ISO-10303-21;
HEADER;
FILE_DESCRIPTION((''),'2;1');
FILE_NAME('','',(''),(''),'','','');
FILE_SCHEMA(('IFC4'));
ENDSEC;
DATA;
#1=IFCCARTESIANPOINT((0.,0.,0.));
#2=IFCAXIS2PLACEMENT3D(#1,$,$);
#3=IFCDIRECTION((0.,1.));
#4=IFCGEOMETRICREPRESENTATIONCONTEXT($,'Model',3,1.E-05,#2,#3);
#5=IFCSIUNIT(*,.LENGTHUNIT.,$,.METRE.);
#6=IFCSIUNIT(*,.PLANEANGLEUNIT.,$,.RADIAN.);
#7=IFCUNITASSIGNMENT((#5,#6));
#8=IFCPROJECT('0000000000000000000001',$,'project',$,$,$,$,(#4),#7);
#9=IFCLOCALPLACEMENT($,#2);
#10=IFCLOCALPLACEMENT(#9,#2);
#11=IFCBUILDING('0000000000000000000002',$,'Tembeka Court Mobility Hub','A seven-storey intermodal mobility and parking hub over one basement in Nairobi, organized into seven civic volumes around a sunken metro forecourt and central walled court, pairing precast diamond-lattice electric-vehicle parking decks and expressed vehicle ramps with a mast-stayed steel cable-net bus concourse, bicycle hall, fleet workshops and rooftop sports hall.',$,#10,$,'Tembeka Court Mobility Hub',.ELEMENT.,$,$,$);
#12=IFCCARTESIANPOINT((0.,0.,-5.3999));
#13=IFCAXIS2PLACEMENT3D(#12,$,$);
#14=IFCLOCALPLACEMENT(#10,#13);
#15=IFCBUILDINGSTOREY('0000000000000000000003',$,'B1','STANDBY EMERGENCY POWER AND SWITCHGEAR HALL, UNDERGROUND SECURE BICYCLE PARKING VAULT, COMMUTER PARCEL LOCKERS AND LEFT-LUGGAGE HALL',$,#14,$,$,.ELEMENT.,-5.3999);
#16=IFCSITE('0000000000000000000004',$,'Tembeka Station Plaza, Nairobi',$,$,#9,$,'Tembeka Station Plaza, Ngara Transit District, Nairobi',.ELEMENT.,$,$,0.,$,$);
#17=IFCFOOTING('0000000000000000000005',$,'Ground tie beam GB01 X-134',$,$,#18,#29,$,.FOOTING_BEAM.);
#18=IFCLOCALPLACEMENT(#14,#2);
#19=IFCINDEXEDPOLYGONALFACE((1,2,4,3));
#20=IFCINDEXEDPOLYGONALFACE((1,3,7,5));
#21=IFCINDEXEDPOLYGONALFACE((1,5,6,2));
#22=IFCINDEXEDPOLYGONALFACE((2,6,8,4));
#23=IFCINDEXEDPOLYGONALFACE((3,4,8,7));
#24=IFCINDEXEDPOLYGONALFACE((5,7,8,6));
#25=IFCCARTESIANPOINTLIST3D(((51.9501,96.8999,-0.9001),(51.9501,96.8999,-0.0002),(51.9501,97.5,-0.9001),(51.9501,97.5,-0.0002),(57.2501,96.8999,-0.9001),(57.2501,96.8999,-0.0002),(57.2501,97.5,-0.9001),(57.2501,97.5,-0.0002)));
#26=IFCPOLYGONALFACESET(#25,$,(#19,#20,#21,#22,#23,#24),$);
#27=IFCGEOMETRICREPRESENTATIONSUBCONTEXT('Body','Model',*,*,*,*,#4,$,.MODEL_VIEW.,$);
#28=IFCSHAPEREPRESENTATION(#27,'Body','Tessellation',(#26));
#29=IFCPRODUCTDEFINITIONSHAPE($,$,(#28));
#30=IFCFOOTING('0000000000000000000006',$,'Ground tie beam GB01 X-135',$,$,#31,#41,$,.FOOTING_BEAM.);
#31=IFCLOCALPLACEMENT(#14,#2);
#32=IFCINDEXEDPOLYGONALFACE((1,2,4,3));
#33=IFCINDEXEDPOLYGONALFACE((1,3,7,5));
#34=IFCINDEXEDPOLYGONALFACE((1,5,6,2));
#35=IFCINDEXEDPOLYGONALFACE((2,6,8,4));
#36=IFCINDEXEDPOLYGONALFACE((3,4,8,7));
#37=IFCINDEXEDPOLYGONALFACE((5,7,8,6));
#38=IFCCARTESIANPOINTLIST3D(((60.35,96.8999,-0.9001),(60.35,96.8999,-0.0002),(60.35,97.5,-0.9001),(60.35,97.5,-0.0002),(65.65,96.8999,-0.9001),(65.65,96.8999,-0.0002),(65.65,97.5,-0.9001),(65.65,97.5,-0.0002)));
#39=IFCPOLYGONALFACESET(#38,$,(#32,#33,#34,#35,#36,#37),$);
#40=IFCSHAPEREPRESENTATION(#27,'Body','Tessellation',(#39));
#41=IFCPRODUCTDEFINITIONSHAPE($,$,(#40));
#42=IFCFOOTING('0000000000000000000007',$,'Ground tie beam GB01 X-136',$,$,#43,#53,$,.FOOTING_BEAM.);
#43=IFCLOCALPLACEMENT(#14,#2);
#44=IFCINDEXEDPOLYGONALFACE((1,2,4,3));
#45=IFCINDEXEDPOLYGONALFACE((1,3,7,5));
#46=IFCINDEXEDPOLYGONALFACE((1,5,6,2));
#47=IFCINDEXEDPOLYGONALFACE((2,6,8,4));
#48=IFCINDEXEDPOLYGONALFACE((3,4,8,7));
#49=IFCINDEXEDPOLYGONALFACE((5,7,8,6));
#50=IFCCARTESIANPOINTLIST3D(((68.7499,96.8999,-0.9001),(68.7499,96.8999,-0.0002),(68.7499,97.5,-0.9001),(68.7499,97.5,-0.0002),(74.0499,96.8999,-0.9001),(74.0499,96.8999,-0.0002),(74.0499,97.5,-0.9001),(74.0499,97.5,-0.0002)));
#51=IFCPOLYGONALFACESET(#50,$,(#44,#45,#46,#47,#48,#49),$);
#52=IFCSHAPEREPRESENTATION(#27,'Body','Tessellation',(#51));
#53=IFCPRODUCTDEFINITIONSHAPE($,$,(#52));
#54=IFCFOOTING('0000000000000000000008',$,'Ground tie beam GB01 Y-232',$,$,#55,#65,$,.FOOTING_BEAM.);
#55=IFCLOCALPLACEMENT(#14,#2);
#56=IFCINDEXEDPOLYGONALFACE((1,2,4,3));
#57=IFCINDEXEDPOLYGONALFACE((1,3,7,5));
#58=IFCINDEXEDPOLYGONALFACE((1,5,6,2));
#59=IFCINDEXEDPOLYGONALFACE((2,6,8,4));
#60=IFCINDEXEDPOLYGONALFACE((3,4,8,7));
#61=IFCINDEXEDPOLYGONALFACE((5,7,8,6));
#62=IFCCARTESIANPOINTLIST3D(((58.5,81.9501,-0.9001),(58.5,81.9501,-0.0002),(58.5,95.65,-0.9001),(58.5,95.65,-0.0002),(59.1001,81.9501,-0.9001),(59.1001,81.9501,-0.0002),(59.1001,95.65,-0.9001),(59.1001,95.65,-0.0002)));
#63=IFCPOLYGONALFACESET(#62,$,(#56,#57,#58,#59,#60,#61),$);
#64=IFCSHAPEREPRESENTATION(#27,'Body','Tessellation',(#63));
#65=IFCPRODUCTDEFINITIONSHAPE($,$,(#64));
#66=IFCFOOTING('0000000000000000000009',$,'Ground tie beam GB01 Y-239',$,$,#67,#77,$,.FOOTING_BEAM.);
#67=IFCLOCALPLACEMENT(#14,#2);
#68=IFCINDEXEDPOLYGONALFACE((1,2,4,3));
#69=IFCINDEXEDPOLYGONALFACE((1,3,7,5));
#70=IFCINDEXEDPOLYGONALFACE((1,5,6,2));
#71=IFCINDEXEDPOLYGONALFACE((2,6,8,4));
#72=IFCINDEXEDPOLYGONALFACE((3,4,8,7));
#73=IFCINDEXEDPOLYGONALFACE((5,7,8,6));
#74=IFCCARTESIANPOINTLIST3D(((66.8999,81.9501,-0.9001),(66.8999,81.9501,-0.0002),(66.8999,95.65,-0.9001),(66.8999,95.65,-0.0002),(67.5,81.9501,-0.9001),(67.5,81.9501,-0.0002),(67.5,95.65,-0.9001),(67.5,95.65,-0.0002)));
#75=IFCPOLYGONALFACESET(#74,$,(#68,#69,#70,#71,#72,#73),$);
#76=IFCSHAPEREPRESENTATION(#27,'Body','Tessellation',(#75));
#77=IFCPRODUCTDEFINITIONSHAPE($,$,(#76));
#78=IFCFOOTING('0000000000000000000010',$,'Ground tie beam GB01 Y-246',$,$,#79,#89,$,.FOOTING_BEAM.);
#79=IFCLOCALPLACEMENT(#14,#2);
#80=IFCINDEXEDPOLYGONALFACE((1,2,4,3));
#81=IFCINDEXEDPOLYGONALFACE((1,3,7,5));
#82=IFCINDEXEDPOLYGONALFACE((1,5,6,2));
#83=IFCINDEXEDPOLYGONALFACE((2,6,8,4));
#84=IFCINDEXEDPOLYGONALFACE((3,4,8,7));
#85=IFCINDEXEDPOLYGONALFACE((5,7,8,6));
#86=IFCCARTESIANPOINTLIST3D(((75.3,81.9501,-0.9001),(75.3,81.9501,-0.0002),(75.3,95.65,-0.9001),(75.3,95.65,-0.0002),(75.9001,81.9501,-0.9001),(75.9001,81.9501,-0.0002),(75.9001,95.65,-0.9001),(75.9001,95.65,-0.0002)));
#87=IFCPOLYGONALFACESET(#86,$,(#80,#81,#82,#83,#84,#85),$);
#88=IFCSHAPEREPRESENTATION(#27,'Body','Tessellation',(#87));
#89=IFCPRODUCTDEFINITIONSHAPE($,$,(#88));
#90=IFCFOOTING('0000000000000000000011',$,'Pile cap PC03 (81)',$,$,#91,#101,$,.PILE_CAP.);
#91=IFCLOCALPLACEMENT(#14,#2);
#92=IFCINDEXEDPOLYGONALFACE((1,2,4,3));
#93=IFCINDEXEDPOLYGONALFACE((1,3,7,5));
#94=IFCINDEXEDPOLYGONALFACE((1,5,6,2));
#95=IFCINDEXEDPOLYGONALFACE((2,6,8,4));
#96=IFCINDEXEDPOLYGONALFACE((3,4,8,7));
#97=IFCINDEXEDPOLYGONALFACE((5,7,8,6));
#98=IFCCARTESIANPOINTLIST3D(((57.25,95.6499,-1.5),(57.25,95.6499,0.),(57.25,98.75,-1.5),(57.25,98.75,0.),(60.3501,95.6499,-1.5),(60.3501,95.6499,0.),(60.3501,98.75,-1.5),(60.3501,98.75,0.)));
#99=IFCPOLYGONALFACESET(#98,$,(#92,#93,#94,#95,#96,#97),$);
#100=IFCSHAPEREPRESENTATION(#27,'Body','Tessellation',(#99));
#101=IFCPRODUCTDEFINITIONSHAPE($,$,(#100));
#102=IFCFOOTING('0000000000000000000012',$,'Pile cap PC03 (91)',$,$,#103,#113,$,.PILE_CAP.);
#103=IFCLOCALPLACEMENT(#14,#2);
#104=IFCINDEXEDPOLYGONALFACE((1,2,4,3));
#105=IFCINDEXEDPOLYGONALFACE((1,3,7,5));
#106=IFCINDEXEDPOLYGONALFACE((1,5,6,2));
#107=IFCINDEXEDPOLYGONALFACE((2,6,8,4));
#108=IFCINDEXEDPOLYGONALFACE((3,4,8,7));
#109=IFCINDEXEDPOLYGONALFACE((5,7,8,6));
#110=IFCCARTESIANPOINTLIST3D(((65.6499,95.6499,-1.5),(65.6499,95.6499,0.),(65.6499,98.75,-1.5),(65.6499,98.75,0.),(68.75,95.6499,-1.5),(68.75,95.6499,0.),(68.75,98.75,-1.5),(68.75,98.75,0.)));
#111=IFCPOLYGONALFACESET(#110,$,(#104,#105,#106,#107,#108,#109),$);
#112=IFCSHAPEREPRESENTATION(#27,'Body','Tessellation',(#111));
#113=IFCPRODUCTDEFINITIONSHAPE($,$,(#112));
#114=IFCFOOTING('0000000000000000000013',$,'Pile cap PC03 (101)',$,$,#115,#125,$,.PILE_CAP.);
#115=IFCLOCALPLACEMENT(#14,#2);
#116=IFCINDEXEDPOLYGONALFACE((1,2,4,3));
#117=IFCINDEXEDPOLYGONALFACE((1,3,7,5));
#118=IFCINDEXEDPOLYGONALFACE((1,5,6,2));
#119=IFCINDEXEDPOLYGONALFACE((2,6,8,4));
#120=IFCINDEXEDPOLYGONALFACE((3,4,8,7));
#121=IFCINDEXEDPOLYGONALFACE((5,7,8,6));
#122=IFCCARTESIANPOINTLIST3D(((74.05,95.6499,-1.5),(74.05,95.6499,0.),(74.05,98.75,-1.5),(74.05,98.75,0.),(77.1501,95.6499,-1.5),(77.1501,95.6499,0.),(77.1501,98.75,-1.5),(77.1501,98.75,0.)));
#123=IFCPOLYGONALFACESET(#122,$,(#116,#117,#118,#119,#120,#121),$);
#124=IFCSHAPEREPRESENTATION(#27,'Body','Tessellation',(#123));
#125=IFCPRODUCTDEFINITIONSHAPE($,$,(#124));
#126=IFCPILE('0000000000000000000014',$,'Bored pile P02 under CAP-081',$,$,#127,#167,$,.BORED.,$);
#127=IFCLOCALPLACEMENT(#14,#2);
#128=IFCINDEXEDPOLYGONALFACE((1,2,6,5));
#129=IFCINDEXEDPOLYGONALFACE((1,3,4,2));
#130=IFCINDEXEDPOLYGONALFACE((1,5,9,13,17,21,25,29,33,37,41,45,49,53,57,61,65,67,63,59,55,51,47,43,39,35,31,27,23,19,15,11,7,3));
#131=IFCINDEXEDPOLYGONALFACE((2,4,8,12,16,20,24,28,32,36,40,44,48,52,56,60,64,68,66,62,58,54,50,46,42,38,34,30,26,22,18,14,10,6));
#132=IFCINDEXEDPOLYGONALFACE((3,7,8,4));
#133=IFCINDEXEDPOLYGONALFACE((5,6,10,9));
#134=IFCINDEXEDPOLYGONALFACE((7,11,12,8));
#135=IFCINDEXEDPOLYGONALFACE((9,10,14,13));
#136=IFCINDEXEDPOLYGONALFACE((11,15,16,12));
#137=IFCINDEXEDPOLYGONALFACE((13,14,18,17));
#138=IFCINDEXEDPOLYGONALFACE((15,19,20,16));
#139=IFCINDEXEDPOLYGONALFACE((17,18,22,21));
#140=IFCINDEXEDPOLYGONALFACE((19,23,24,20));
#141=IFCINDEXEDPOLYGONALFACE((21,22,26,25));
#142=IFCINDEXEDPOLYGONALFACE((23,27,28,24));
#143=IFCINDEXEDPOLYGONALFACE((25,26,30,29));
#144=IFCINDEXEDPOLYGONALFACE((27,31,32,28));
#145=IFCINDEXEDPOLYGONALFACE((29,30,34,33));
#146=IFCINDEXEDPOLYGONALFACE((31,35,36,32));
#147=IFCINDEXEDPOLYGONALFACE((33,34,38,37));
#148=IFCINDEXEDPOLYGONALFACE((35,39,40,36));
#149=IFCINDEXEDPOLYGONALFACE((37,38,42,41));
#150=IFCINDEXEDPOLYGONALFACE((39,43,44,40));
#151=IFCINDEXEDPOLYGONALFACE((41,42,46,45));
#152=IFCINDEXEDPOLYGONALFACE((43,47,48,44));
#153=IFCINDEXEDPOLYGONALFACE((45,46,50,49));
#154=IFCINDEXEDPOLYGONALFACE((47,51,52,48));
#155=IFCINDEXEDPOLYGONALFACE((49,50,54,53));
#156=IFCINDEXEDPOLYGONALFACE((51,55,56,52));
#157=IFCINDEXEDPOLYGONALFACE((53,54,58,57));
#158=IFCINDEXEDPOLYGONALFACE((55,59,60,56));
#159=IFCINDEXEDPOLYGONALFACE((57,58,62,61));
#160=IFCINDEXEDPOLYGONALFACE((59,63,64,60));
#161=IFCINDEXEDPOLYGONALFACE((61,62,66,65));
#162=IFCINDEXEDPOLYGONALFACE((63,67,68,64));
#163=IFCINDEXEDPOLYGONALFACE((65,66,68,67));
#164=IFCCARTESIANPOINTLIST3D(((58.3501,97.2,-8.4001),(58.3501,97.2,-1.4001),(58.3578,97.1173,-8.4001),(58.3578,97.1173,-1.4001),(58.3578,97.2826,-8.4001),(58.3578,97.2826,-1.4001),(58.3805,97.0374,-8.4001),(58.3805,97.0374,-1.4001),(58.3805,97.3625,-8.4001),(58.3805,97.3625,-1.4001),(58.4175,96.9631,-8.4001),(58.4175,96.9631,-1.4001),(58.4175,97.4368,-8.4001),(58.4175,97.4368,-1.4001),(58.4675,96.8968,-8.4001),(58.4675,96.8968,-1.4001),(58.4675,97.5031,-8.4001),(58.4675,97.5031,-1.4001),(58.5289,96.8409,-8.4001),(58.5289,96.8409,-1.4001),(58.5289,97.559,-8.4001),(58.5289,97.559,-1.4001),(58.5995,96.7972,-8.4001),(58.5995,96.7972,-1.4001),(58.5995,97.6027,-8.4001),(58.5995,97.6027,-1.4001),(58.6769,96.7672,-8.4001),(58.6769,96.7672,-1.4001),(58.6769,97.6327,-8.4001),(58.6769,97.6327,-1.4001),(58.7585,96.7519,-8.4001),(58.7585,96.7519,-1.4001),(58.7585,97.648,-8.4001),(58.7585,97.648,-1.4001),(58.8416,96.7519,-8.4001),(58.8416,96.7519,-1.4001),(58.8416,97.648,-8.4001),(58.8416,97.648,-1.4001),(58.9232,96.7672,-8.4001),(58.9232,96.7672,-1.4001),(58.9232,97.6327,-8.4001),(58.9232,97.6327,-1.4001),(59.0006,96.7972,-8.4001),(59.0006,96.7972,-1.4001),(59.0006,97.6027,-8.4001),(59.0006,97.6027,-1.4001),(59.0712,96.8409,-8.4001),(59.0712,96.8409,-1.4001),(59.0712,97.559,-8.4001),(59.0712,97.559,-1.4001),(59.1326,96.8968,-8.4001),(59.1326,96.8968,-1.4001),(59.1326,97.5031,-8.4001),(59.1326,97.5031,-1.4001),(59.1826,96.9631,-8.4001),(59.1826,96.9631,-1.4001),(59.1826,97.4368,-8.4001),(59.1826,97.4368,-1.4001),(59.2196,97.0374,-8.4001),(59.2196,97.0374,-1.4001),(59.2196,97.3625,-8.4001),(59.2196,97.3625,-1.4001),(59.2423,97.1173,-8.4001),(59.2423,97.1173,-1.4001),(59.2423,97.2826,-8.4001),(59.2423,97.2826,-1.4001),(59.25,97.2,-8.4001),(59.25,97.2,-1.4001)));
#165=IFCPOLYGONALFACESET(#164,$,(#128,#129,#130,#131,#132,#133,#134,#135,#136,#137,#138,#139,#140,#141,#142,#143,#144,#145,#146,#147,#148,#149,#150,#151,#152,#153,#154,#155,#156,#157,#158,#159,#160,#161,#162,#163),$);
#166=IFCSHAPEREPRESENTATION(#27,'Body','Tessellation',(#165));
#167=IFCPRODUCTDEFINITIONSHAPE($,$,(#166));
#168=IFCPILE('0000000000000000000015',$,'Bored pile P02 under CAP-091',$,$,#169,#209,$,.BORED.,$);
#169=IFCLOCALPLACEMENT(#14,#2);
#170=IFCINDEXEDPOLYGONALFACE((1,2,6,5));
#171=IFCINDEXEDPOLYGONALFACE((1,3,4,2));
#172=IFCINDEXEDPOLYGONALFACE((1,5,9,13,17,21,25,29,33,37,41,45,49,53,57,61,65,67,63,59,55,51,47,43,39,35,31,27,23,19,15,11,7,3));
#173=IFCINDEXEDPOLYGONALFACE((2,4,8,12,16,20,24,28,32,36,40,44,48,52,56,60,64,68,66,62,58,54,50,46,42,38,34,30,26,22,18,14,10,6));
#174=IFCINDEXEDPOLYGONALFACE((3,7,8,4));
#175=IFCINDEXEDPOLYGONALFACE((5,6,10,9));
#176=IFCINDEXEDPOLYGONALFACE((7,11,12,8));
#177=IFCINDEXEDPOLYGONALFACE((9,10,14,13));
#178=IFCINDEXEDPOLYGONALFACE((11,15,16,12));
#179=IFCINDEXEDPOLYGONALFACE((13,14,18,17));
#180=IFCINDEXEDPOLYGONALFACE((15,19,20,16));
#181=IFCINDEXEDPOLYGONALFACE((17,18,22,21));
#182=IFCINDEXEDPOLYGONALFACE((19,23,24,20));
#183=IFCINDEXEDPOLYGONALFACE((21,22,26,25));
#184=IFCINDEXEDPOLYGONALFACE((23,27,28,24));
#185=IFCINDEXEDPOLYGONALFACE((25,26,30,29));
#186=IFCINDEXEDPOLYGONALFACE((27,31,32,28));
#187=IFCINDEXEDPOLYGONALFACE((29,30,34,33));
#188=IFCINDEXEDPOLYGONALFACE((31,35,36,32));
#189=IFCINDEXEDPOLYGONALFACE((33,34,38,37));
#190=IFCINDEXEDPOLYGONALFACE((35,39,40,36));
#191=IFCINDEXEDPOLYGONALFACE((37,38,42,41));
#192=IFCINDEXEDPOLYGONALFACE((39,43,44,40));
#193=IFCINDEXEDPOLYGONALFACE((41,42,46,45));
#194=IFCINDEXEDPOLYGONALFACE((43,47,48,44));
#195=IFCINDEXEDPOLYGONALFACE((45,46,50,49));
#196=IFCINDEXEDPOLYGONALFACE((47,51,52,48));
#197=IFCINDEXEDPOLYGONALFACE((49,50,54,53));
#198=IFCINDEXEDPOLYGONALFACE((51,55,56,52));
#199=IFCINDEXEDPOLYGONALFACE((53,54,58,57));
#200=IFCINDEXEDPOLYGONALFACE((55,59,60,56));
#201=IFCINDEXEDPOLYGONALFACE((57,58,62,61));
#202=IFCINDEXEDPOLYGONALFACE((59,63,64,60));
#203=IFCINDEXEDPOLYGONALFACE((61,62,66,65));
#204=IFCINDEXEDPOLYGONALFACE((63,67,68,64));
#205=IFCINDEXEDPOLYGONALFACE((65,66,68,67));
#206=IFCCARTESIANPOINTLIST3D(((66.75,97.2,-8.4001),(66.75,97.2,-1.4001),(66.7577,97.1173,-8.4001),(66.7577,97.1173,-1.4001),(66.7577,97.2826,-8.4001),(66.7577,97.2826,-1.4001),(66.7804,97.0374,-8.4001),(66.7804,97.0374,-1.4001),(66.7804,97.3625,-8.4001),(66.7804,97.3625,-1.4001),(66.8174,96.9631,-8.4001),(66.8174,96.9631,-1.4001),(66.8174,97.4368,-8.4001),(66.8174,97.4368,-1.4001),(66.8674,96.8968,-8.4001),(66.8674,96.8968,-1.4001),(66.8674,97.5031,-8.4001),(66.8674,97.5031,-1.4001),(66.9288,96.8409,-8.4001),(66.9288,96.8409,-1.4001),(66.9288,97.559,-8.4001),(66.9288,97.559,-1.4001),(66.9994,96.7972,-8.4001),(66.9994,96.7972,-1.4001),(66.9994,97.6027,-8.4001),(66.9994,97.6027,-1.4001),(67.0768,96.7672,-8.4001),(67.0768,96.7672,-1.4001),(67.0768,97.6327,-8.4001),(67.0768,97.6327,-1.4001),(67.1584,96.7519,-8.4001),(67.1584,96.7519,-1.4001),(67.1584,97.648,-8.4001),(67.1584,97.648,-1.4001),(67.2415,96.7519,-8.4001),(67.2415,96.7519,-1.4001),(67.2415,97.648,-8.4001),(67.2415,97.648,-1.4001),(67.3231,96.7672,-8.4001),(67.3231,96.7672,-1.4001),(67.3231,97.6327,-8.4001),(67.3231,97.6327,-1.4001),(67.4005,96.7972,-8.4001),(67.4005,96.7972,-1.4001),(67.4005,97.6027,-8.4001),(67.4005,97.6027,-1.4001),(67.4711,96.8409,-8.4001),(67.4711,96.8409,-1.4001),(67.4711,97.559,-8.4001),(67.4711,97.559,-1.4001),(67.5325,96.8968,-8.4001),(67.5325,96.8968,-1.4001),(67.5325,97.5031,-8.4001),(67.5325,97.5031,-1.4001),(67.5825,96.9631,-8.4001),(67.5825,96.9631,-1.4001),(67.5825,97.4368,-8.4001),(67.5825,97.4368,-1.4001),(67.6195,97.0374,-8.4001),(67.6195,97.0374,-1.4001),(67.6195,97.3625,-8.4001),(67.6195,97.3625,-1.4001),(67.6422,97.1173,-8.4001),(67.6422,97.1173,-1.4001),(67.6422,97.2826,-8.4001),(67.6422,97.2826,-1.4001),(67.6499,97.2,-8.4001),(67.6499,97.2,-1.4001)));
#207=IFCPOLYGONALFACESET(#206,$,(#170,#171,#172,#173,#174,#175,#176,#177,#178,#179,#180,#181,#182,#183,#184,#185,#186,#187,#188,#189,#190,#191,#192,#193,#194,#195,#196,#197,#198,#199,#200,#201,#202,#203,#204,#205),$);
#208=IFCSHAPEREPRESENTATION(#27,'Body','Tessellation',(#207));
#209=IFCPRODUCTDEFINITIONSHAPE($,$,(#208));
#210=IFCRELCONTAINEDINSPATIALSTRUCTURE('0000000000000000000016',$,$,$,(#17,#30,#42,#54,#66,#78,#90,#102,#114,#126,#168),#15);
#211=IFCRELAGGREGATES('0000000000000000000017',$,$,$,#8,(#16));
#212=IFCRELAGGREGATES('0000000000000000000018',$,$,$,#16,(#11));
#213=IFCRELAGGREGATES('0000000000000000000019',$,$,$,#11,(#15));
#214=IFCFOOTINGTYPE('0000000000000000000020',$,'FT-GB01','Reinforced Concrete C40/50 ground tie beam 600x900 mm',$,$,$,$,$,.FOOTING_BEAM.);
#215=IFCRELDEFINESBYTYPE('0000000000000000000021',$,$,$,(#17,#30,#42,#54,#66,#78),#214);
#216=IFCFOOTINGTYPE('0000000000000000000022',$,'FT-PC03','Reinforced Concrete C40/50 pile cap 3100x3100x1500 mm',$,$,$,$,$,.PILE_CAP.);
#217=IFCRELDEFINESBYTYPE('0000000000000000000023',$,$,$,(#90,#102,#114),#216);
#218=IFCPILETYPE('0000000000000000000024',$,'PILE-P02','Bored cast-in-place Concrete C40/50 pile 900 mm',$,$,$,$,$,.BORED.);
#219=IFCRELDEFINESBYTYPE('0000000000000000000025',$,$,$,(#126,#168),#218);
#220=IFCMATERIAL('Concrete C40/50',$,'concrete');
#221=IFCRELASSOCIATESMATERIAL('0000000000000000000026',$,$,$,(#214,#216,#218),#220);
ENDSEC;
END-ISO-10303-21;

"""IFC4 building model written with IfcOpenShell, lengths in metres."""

from ifc_helpers import new_model, si_unit, direction, frame, origin, origin_2d, place, context, subcontext, project, spatial, rectangle, circle, extrude, material, material_profile, profile_set, type_object, element, save


model = new_model("IFC4")

# Units and contexts
model_context = context("Model", 3, precision=1e-05, world=origin(), true_north=direction((0.0, 1.0)))
body_context = subcontext(model_context, "Body", "Model", "MODEL_VIEW")
ifc_project = project(units=[si_unit("LENGTHUNIT", "METRE"), si_unit("PLANEANGLEUNIT", "RADIAN")], contexts=[model_context])

# Site, building, storey
site_placement = place(None, origin())
site = spatial("IfcSite", under=ifc_project, at=site_placement, Name="Tembeka Station Plaza, Nairobi", LongName="Tembeka Station Plaza, Ngara Transit District, Nairobi", CompositionType="ELEMENT", RefElevation=0.0)
building_placement = place(site_placement, origin())
building = spatial("IfcBuilding", under=site, at=building_placement, Name="Tembeka Court Mobility Hub", Description="A seven-storey intermodal mobility and parking hub over one basement in Nairobi, organized into seven civic volumes around a sunken metro forecourt and central walled court, pairing precast diamond-lattice electric-vehicle parking decks and expressed vehicle ramps with a mast-stayed steel cable-net bus concourse, bicycle hall, fleet workshops and rooftop sports hall.", LongName="Tembeka Court Mobility Hub", CompositionType="ELEMENT")
storey_placement = place(building_placement, frame((0.0, 0.0, -5.3999)))
storey = spatial("IfcBuildingStorey", under=building, at=storey_placement, Name="B1", Description="STANDBY EMERGENCY POWER AND SWITCHGEAR HALL, UNDERGROUND SECURE BICYCLE PARKING VAULT, COMMUTER PARCEL LOCKERS AND LEFT-LUGGAGE HALL", CompositionType="ELEMENT", Elevation=-5.3999)

# Footings
ifc_material_1 = material(Name="Concrete C40/50", Category="concrete")
footing_type_1 = type_object("IfcFootingType", Name="FT-GB01", Description="Reinforced Concrete C40/50 ground tie beam 600x900 mm", PredefinedType="FOOTING_BEAM", material=ifc_material_1)
for number, where, z_axis, x_axis, name in (
    (1, (54.6001, 97.2, -0.9001), (0.0, 0.0, 1.0), (1.0, 0.0, 0.0), "Ground tie beam GB01 X-134"),
    (2, (63.0, 97.2, -0.9001), (0.0, 0.0, 1.0), (1.0, 0.0, 0.0), "Ground tie beam GB01 X-135"),
    (3, (71.3999, 97.2, -0.9001), (0.0, 0.0, 1.0), (1.0, 0.0, 0.0), "Ground tie beam GB01 X-136"),
):
    element("IfcFooting", number, at=place(storey_placement, frame(where, z_axis=z_axis, x_axis=x_axis)), inside=storey, type_object=footing_type_1, Name=name, PredefinedType="FOOTING_BEAM", context=body_context, shape_type="SweptSolid", body=[
        extrude(rectangle(XDim=5.3, YDim=0.6001, at=origin_2d()), origin(), (0.0, 0.0, 1.0), 0.8999),
    ])
for number, where, z_axis, x_axis, name in (
    (4, (58.8, 88.8, -0.9001), (0.0, 0.0, 1.0), (0.0, 1.0, 0.0), "Ground tie beam GB01 Y-232"),
    (5, (67.2, 88.8, -0.9001), (0.0, 0.0, 1.0), (0.0, 1.0, 0.0), "Ground tie beam GB01 Y-239"),
    (6, (75.6001, 88.8, -0.9001), (0.0, 0.0, 1.0), (0.0, 1.0, 0.0), "Ground tie beam GB01 Y-246"),
):
    element("IfcFooting", number, at=place(storey_placement, frame(where, z_axis=z_axis, x_axis=x_axis)), inside=storey, type_object=footing_type_1, Name=name, PredefinedType="FOOTING_BEAM", context=body_context, shape_type="SweptSolid", body=[
        extrude(rectangle(XDim=13.7, YDim=0.6001, at=origin_2d()), origin(), (0.0, 0.0, 1.0), 0.8999),
    ])
footing_type_2 = type_object("IfcFootingType", Name="FT-PC03", Description="Reinforced Concrete C40/50 pile cap 3100x3100x1500 mm", PredefinedType="PILE_CAP", material=ifc_material_1)
for number, where, z_axis, x_axis, name in (
    (7, (58.8, 97.2, -1.5), (0.0, 0.0, 1.0), (1.0, 0.0, 0.0), "Pile cap PC03 (81)"),
    (8, (67.2, 97.2, -1.5), (0.0, 0.0, 1.0), (1.0, 0.0, 0.0), "Pile cap PC03 (91)"),
    (9, (75.6001, 97.2, -1.5), (0.0, 0.0, 1.0), (1.0, 0.0, 0.0), "Pile cap PC03 (101)"),
):
    element("IfcFooting", number, at=place(storey_placement, frame(where, z_axis=z_axis, x_axis=x_axis)), inside=storey, type_object=footing_type_2, Name=name, PredefinedType="PILE_CAP", context=body_context, shape_type="SweptSolid", body=[
        extrude(rectangle(XDim=3.1001, YDim=3.1001, at=origin_2d()), origin(), (0.0, 0.0, 1.0), 1.5),
    ])

# Piles
ifc_material_profile_1 = material_profile(ifc_material_1, circle(Radius=0.45, at=origin_2d()), Name="PILE D900")
ifc_profile_set_1 = profile_set([ifc_material_profile_1], Name="Concrete C40/50")
pile_type = type_object("IfcPileType", Name="PILE-P02", Description="Bored cast-in-place Concrete C40/50 pile 900 mm", PredefinedType="BORED", material=ifc_profile_set_1)
for number, where, z_axis, x_axis, name in (
    (10, (58.8, 97.2, -1.4001), (0.0, 0.0, -1.0), (1.0, 0.0, 0.0), "Bored pile P02 under CAP-081"),
    (11, (67.2, 97.2, -1.4001), (0.0, 0.0, -1.0), (1.0, 0.0, 0.0), "Bored pile P02 under CAP-091"),
):
    element("IfcPile", number, at=place(storey_placement, frame(where, z_axis=z_axis, x_axis=x_axis)), inside=storey, type_object=pile_type, Name=name, PredefinedType="BORED", context=body_context, shape_type="SweptSolid", body=[
        extrude(circle(Radius=0.45, at=origin_2d()), origin(), (0.0, 0.0, 1.0), 7.0),
    ])

save(model, "model.ifc")
